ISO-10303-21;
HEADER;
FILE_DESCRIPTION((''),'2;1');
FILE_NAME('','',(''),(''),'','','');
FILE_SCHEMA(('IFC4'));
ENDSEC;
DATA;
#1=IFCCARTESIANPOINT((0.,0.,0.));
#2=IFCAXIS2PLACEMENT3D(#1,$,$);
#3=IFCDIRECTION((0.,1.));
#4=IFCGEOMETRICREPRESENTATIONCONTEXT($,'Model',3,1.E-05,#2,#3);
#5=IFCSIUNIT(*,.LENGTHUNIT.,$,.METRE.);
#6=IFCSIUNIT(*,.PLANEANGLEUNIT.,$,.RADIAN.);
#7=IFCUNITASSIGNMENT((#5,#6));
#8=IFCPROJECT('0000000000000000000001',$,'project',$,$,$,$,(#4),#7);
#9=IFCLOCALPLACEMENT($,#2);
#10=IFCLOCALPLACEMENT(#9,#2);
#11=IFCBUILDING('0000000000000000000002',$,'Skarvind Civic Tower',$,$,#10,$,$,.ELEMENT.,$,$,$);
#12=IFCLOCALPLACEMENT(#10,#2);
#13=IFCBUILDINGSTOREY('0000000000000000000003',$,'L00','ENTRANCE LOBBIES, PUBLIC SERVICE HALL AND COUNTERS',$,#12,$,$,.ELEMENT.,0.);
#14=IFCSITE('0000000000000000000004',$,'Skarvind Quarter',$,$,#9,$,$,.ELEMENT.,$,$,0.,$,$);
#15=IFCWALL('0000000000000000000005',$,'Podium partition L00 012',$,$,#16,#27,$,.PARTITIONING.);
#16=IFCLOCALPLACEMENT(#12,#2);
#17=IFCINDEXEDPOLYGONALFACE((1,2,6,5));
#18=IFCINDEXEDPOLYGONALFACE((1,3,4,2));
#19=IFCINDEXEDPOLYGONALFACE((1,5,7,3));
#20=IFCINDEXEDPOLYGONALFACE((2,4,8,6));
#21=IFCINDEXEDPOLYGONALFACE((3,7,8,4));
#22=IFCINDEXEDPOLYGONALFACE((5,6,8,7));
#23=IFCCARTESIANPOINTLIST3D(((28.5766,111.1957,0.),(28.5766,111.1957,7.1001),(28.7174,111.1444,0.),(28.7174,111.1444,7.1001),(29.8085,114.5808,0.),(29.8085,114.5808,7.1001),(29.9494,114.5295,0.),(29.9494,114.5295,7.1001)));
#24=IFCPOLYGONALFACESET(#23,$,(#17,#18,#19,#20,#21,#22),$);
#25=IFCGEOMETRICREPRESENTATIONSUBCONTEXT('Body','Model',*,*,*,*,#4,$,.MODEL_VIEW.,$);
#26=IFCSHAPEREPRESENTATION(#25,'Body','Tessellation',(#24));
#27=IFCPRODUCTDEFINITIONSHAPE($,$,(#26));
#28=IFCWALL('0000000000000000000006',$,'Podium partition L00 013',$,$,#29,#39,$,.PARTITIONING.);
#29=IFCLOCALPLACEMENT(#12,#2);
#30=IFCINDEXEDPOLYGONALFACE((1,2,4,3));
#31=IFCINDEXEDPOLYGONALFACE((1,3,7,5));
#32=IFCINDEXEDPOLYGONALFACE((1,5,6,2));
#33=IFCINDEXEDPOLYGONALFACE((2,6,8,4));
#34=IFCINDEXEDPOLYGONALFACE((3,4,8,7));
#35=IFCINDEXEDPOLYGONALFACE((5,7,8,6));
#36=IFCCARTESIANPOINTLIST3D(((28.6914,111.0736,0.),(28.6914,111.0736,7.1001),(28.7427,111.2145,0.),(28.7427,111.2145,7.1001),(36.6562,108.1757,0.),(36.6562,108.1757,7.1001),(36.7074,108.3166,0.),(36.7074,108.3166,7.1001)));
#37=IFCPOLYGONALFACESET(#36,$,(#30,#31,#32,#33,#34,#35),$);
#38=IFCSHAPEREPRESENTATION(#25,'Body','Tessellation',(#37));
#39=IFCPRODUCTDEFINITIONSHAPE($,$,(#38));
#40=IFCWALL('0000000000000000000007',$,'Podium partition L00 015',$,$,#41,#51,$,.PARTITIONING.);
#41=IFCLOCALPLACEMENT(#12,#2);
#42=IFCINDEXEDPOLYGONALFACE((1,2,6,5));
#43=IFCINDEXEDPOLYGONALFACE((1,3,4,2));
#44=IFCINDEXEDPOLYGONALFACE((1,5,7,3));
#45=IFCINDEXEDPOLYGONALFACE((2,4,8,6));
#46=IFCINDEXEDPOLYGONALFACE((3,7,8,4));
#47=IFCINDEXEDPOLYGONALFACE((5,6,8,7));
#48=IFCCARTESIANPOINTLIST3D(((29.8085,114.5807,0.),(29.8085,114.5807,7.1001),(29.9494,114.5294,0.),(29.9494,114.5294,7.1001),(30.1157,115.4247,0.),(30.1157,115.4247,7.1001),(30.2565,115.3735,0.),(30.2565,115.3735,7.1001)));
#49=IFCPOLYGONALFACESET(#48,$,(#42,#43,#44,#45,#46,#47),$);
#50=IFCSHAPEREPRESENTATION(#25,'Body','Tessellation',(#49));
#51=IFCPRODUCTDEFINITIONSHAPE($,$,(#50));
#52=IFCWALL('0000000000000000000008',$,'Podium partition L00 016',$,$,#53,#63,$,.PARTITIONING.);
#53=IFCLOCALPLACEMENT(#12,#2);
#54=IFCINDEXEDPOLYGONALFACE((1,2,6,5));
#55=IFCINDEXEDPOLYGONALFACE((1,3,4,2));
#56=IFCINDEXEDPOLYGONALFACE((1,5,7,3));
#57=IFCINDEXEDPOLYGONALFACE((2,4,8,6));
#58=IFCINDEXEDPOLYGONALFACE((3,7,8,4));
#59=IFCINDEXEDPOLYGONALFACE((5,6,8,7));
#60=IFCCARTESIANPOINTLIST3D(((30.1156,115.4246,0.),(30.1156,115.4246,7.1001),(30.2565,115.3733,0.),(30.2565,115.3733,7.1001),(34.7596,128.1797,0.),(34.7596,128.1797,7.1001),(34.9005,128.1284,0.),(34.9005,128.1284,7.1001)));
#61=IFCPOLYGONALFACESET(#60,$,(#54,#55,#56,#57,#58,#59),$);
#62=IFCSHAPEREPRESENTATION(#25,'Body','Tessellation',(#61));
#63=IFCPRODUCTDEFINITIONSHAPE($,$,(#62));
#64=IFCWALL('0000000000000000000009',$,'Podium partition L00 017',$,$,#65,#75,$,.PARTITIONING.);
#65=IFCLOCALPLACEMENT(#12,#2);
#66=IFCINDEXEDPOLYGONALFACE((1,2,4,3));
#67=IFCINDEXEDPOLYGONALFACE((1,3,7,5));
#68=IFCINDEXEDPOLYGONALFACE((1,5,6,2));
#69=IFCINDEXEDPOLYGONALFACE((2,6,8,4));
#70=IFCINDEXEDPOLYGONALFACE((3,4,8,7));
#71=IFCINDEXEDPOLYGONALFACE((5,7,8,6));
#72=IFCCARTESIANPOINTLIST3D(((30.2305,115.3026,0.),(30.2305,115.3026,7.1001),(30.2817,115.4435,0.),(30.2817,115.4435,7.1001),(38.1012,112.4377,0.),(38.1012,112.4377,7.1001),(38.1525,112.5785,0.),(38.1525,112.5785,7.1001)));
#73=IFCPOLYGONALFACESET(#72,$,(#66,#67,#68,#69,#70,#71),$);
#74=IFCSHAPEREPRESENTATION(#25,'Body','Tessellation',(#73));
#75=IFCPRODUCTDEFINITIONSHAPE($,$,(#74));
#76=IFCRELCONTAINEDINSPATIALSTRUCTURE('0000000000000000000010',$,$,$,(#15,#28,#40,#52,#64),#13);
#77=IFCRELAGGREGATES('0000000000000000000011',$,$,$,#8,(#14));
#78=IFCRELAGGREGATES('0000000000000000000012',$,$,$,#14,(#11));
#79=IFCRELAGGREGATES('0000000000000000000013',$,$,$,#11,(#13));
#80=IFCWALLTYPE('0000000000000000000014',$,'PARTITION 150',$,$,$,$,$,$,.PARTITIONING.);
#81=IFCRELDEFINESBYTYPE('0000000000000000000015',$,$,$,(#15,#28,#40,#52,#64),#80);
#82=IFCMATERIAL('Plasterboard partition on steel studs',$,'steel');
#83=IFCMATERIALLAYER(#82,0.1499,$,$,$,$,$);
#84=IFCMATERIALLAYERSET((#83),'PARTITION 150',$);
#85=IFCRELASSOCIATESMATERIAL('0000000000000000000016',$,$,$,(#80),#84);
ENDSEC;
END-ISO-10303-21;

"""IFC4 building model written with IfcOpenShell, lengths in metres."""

from ifc_helpers import new_model, si_unit, direction, frame, frame_2d, origin, place, context, subcontext, project, spatial, rectangle, extrude, material, layer, layer_set, type_object, element, save


model = new_model("IFC4")

# Units and contexts
model_context = context("Model", 3, precision=1e-05, world=origin(), true_north=direction((0.0, 1.0)))
body_context = subcontext(model_context, "Body", "Model", "MODEL_VIEW")
ifc_project = project(units=[si_unit("LENGTHUNIT", "METRE"), si_unit("PLANEANGLEUNIT", "RADIAN")], contexts=[model_context])

# Site, building, storey
site_placement = place(None, origin())
site = spatial("IfcSite", under=ifc_project, at=site_placement, Name="Skarvind Quarter", CompositionType="ELEMENT", RefElevation=0.0)
building_placement = place(site_placement, origin())
building = spatial("IfcBuilding", under=site, at=building_placement, Name="Skarvind Civic Tower", CompositionType="ELEMENT")
storey_placement = place(building_placement, origin())
storey = spatial("IfcBuildingStorey", under=building, at=storey_placement, Name="L00", Description="ENTRANCE LOBBIES, PUBLIC SERVICE HALL AND COUNTERS", CompositionType="ELEMENT", Elevation=0.0)

# Walls
ifc_material_1 = material(Name="Plasterboard partition on steel studs", Category="steel")
ifc_layer_1 = layer(ifc_material_1, 0.1499)
ifc_layer_set_1 = layer_set([ifc_layer_1], Name="PARTITION 150")
wall_type_1 = type_object("IfcWallType", Name="PARTITION 150", PredefinedType="PARTITIONING", material=ifc_layer_set_1)
wall_1_placement = place(storey_placement, frame((28.647, 111.1699, 0.0), z_axis=(0.0, 0.0, 1.0), x_axis=(0.341993, 0.939702, 0.0)))
element("IfcWall", 1, at=wall_1_placement, inside=storey, type_object=wall_type_1, Name="Podium partition L00 012", PredefinedType="PARTITIONING", context=body_context, shape_type="SweptSolid", body=[
    extrude(rectangle(XDim=3.6023, YDim=0.1499, at=frame_2d((1.8013, 0.0))), origin(), (0.0, 0.0, 1.0), 7.1001),
])
wall_2_placement = place(storey_placement, frame((28.717, 111.144, 0.0), z_axis=(0.0, 0.0, 1.0), x_axis=(0.939731, -0.341914, 0.0)))
element("IfcWall", 2, at=wall_2_placement, inside=storey, type_object=wall_type_1, Name="Podium partition L00 013", PredefinedType="PARTITIONING", context=body_context, shape_type="SweptSolid", body=[
    extrude(rectangle(XDim=8.4756, YDim=0.1499, at=frame_2d((4.2378, 0.0))), origin(), (0.0, 0.0, 1.0), 7.1001),
])
wall_3_placement = place(storey_placement, frame((29.8789, 114.5549, 0.0), z_axis=(0.0, 0.0, 1.0), x_axis=(0.341961, 0.939714, 0.0)))
element("IfcWall", 3, at=wall_3_placement, inside=storey, type_object=wall_type_1, Name="Podium partition L00 015", PredefinedType="PARTITIONING", context=body_context, shape_type="SweptSolid", body=[
    extrude(rectangle(XDim=0.8982, YDim=0.1499, at=frame_2d((0.4492, 0.0))), origin(), (0.0, 0.0, 1.0), 7.1001),
])
wall_4_placement = place(storey_placement, frame((30.186, 115.3989, 0.0), z_axis=(0.0, 0.0, 1.0), x_axis=(0.342121, 0.939656, 0.0)))
element("IfcWall", 4, at=wall_4_placement, inside=storey, type_object=wall_type_1, Name="Podium partition L00 016", PredefinedType="PARTITIONING", context=body_context, shape_type="SweptSolid", body=[
    extrude(rectangle(XDim=13.5742, YDim=0.1499, at=frame_2d((6.7871, 0.0))), origin(), (0.0, 0.0, 1.0), 7.1001),
])
wall_5_placement = place(storey_placement, frame((30.2561, 115.373, 0.0), z_axis=(0.0, 0.0, 1.0), x_axis=(0.939684, -0.342045, 0.0)))
element("IfcWall", 5, at=wall_5_placement, inside=storey, type_object=wall_type_1, Name="Podium partition L00 017", PredefinedType="PARTITIONING", context=body_context, shape_type="SweptSolid", body=[
    extrude(rectangle(XDim=8.376, YDim=0.1499, at=frame_2d((4.188, 0.0))), origin(), (0.0, 0.0, 1.0), 7.1001),
])

save(model, "model.ifc")
